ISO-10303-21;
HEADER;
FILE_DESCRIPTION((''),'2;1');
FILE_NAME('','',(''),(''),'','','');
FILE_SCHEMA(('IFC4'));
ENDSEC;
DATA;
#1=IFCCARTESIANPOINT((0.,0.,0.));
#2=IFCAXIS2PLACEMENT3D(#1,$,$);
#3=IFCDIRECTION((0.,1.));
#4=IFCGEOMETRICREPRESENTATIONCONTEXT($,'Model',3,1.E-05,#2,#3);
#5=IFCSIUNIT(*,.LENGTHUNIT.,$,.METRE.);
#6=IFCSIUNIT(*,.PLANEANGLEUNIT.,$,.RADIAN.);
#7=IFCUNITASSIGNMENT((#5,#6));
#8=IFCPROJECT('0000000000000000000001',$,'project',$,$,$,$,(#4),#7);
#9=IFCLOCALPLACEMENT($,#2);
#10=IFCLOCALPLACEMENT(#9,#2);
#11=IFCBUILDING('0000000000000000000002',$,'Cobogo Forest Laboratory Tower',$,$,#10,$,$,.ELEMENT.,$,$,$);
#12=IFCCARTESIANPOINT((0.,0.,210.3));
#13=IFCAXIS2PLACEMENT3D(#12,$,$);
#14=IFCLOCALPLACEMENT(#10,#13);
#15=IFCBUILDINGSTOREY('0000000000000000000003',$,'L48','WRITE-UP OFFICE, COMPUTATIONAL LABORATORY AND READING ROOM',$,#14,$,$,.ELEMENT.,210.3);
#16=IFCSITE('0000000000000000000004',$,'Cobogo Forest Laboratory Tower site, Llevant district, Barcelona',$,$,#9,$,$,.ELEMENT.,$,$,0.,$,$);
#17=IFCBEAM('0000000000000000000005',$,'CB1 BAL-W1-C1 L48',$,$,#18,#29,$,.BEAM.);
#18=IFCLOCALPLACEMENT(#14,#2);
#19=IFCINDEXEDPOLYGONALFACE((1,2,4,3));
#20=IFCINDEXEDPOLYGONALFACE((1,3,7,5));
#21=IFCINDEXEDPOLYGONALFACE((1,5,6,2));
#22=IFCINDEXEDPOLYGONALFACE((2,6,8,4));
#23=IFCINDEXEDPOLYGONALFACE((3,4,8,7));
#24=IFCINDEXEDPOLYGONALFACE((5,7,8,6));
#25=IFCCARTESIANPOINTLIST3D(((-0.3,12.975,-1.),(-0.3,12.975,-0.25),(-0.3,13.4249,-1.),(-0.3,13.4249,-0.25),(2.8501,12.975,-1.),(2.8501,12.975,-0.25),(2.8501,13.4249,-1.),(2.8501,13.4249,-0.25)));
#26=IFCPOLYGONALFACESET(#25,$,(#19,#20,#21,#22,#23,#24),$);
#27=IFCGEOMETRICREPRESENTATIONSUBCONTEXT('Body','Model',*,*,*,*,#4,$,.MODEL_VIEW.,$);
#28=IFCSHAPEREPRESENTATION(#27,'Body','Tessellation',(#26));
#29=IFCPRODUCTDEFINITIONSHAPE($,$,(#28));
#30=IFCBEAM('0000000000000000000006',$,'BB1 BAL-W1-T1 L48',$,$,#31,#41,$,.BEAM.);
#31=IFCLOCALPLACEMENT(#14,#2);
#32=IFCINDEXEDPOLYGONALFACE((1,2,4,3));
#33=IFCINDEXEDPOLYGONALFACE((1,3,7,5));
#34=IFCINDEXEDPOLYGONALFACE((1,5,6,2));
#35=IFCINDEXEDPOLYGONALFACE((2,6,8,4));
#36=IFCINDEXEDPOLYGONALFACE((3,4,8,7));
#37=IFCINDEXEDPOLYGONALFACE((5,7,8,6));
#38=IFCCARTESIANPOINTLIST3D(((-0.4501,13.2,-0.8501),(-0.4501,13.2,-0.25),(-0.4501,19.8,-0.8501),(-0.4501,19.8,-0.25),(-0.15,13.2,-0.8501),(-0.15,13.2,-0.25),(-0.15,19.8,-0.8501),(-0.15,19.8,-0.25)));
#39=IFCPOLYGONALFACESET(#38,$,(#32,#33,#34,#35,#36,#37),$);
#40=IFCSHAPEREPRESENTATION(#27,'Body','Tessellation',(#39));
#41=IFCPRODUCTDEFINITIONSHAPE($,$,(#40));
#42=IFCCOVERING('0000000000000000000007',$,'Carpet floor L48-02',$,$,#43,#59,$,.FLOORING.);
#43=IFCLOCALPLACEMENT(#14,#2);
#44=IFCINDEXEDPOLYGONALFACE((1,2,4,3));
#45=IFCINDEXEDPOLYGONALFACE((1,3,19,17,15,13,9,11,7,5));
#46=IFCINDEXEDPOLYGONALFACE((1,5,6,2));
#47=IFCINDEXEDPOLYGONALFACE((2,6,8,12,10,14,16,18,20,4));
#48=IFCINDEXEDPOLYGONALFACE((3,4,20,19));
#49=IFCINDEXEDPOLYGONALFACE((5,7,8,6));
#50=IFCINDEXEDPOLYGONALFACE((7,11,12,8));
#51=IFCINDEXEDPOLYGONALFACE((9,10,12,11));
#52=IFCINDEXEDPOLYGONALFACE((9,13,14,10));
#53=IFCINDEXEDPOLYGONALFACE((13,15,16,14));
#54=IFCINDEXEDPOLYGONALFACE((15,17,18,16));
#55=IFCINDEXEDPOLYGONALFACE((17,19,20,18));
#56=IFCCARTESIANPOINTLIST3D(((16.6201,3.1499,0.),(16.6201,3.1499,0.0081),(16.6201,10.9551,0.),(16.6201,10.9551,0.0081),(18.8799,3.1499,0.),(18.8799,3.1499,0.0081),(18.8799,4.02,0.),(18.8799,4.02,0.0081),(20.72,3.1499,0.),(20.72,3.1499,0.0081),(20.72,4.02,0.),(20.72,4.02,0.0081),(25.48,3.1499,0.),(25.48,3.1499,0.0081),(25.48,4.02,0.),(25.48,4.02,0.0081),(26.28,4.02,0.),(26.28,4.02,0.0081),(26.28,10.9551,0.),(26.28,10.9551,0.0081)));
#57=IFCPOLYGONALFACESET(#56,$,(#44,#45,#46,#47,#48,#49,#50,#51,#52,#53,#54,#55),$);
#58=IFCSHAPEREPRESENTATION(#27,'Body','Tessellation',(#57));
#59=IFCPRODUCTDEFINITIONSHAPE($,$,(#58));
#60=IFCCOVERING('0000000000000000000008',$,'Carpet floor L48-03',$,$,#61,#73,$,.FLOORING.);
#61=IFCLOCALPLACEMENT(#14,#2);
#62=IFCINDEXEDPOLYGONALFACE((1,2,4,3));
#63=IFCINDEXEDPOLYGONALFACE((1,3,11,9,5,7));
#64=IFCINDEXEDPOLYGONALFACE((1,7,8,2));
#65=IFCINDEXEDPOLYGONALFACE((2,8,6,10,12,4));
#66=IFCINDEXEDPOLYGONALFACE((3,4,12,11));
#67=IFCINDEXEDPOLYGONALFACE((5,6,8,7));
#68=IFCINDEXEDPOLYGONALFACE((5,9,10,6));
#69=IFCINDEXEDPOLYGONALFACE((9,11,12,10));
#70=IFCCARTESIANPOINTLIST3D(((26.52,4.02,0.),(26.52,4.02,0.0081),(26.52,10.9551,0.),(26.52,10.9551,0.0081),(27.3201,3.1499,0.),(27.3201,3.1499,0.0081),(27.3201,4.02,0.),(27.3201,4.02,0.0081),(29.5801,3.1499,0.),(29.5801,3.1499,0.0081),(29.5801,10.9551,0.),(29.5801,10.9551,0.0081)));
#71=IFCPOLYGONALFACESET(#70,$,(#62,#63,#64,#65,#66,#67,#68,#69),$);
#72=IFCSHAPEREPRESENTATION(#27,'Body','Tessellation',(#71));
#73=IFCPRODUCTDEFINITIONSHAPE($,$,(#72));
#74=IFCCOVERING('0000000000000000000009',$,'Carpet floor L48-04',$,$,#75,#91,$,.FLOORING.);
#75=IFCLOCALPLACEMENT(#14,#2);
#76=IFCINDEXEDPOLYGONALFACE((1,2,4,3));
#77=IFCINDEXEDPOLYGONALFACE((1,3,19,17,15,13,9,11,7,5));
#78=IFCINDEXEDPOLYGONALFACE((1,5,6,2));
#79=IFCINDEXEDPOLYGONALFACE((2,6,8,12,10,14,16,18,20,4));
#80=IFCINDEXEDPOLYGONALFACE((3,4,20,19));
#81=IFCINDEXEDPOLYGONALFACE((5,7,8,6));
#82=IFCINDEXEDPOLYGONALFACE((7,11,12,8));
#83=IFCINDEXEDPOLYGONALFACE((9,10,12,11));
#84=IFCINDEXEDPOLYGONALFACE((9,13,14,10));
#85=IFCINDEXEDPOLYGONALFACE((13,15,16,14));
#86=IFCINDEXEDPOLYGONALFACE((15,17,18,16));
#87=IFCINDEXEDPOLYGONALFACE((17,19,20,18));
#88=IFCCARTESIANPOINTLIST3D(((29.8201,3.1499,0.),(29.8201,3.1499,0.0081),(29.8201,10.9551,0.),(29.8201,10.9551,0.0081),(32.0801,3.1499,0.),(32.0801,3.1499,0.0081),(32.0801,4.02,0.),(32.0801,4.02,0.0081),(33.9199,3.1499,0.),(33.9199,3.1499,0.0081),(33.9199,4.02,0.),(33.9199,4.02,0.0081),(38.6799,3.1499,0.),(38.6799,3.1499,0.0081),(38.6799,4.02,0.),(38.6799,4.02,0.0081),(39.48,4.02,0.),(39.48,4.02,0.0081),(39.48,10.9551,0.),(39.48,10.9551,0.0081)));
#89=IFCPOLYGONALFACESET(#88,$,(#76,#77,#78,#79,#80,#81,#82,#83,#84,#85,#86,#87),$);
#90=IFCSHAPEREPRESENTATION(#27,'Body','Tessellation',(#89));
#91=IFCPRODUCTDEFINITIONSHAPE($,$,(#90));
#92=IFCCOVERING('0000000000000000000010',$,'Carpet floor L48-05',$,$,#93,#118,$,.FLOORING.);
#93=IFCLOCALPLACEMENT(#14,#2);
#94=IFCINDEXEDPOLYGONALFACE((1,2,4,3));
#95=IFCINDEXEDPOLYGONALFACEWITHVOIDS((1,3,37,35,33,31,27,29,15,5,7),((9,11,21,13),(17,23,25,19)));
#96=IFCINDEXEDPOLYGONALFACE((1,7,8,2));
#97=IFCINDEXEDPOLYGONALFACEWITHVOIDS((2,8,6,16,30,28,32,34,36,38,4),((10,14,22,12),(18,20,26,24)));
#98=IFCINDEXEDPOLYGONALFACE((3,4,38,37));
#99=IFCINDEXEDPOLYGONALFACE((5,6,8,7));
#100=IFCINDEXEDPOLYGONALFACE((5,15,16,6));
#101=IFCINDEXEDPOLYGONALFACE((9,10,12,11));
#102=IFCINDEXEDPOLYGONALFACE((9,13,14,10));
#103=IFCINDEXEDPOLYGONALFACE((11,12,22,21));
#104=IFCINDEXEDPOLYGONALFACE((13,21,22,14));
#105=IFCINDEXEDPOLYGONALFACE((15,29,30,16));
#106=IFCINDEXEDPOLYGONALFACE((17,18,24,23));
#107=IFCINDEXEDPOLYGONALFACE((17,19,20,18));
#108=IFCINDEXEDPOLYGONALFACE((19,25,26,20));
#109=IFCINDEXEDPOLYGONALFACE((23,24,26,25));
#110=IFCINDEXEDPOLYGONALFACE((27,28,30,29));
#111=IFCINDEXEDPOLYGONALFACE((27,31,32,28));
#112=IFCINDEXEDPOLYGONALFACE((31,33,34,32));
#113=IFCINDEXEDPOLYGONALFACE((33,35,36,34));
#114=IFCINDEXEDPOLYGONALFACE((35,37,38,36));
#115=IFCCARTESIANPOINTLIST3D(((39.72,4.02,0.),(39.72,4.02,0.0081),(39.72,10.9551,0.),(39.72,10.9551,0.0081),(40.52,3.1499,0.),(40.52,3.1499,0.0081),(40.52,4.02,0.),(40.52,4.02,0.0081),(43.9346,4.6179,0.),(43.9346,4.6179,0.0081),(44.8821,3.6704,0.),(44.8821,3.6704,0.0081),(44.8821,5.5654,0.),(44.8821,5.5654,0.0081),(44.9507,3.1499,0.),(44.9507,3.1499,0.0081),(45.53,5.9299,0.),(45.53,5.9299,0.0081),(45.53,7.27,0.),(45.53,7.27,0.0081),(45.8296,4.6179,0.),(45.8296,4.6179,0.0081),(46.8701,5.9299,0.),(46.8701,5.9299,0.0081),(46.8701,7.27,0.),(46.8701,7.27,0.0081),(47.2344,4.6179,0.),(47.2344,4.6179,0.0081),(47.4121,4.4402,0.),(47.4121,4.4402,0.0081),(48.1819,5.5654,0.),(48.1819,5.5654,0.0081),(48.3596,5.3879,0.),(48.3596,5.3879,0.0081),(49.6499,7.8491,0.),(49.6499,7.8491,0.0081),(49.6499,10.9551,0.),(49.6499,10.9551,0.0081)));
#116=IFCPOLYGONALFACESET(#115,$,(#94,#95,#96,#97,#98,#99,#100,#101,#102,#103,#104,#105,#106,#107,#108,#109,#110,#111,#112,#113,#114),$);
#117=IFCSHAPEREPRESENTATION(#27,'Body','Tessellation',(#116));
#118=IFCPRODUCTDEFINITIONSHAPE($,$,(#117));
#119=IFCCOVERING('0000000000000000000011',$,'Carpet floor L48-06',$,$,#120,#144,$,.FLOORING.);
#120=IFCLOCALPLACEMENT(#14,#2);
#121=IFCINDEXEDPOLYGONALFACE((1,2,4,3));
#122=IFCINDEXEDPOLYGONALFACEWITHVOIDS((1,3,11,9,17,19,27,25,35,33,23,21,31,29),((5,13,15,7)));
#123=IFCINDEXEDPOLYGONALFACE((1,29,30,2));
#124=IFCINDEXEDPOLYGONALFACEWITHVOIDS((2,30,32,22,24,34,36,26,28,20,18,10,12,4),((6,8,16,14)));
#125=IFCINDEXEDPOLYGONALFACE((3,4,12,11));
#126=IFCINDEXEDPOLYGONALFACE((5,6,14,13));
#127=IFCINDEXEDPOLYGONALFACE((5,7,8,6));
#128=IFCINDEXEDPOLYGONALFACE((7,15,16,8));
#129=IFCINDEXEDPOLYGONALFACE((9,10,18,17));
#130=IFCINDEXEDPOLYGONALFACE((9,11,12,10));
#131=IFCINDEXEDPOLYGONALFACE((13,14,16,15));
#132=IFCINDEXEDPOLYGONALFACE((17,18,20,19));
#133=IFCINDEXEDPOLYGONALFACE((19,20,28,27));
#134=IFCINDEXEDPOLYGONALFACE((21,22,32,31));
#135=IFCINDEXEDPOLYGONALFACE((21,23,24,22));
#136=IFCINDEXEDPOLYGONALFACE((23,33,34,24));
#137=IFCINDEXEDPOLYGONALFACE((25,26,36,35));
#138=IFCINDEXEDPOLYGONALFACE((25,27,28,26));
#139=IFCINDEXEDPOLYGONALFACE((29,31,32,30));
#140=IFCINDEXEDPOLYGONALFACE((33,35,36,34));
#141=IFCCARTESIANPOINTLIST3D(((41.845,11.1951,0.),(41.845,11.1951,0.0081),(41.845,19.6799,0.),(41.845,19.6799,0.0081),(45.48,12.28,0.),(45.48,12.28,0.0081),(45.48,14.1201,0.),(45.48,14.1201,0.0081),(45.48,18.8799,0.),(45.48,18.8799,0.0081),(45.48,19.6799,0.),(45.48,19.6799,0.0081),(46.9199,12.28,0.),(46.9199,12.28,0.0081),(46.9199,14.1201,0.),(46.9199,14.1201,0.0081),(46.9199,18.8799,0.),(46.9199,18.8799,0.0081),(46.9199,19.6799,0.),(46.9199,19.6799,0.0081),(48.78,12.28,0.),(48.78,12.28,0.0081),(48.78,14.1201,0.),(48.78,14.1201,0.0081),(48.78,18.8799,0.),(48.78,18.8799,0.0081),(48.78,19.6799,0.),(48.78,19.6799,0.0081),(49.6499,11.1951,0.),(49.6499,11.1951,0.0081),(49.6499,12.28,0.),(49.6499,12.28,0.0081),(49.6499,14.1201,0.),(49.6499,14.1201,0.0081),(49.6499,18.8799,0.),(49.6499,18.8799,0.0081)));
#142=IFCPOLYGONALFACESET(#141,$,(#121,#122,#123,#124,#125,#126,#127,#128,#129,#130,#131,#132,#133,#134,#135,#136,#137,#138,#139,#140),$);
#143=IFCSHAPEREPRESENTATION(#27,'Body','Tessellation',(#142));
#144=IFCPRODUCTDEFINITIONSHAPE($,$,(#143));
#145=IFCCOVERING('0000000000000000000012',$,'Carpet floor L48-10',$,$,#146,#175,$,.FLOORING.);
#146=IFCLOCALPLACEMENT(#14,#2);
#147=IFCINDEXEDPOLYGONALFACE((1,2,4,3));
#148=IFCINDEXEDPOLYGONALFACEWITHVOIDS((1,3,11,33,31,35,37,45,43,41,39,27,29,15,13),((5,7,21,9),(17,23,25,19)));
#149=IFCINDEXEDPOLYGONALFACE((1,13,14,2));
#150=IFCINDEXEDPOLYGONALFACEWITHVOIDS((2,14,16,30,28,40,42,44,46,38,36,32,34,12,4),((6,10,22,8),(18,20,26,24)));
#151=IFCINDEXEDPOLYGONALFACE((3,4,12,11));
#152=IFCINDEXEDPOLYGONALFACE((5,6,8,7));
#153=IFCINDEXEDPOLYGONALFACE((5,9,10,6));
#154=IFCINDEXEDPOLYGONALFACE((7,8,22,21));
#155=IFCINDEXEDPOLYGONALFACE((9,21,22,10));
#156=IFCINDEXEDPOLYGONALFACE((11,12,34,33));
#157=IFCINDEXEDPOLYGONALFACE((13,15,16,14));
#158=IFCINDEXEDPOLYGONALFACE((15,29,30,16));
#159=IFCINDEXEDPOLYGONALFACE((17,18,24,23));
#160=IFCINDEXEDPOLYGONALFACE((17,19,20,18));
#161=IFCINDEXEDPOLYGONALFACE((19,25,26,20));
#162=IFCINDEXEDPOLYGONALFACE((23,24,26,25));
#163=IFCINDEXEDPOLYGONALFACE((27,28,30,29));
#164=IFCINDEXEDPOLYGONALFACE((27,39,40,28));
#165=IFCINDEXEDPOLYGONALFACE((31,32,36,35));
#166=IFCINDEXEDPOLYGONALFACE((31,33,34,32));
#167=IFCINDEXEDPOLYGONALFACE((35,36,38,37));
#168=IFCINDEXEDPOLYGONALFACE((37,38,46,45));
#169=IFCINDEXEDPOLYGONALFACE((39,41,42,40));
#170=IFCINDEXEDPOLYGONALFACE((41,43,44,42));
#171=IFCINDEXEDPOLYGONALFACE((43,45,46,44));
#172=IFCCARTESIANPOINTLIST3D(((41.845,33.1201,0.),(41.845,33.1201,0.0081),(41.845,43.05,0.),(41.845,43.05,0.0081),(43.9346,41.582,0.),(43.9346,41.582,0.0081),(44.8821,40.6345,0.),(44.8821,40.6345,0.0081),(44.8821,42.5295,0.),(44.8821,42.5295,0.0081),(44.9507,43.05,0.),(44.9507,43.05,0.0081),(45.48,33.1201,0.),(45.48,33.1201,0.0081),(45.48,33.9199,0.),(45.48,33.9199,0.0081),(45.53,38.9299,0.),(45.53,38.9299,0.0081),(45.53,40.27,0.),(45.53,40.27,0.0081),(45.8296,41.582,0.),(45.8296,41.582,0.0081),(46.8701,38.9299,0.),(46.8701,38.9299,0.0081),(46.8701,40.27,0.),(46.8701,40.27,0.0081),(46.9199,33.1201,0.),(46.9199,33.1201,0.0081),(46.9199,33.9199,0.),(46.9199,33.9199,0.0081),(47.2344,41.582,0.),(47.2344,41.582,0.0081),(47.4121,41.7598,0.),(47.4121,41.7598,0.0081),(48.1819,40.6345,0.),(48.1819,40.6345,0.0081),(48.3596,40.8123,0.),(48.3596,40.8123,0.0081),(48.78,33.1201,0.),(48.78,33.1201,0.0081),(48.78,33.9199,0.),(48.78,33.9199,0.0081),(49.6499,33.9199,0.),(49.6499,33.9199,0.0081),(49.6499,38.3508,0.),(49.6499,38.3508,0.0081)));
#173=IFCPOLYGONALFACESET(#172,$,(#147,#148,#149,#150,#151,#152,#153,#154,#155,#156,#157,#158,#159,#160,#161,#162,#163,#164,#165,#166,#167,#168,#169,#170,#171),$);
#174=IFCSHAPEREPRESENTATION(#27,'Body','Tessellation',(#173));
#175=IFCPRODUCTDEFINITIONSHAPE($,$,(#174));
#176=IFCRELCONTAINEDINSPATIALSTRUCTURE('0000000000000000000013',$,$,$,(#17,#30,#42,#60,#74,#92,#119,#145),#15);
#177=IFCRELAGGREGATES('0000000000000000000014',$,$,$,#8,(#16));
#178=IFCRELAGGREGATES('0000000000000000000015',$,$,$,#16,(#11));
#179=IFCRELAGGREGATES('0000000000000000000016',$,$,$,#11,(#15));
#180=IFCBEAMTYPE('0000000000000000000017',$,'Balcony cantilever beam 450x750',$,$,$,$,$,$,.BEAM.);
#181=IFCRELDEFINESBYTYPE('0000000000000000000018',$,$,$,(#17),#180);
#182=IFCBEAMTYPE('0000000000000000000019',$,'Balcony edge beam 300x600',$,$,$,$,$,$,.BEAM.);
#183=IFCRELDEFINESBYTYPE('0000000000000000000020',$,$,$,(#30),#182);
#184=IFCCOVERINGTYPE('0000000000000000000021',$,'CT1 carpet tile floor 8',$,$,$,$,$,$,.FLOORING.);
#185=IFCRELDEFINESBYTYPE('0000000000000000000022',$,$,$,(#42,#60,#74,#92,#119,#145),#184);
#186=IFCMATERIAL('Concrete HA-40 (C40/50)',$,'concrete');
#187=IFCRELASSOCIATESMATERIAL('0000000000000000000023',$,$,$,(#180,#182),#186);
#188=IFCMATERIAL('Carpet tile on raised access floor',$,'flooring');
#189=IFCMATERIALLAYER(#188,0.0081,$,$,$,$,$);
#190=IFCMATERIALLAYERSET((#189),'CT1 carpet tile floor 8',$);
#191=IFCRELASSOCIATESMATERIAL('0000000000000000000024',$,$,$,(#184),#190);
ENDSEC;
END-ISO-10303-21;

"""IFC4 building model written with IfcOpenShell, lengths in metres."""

from ifc_helpers import new_model, si_unit, direction, frame, origin, origin_2d, place, context, subcontext, project, spatial, polyline, rectangle, outline, extrude, material, layer, layer_set, material_profile, profile_set, type_object, element, save


model = new_model("IFC4")

# Units and contexts
model_context = context("Model", 3, precision=1e-05, world=origin(), true_north=direction((0.0, 1.0)))
body_context = subcontext(model_context, "Body", "Model", "MODEL_VIEW")
ifc_project = project(units=[si_unit("LENGTHUNIT", "METRE"), si_unit("PLANEANGLEUNIT", "RADIAN")], contexts=[model_context])

# Site, building, storey
site_placement = place(None, origin())
site = spatial("IfcSite", under=ifc_project, at=site_placement, Name="Cobogo Forest Laboratory Tower site, Llevant district, Barcelona", CompositionType="ELEMENT", RefElevation=0.0)
building_placement = place(site_placement, origin())
building = spatial("IfcBuilding", under=site, at=building_placement, Name="Cobogo Forest Laboratory Tower", CompositionType="ELEMENT")
storey_placement = place(building_placement, frame((0.0, 0.0, 210.3)))
storey = spatial("IfcBuildingStorey", under=building, at=storey_placement, Name="L48", Description="WRITE-UP OFFICE, COMPUTATIONAL LABORATORY AND READING ROOM", CompositionType="ELEMENT", Elevation=210.3)

# Beams
ifc_material_1 = material(Name="Concrete HA-40 (C40/50)", Category="concrete")
ifc_material_profile_1 = material_profile(ifc_material_1, rectangle(XDim=0.45, YDim=0.75, at=origin_2d()), Name="RC 450x750")
ifc_profile_set_1 = profile_set([ifc_material_profile_1], Name="Concrete HA-40 (C40/50)")
beam_type_1 = type_object("IfcBeamType", Name="Balcony cantilever beam 450x750", PredefinedType="BEAM", material=ifc_profile_set_1)
beam_1_placement = place(storey_placement, frame((2.8501, 13.2, -0.625), z_axis=(-1.0, 0.0, 0.0), x_axis=(0.0, -1.0, 0.0)))
element("IfcBeam", 1, at=beam_1_placement, inside=storey, type_object=beam_type_1, Name="CB1 BAL-W1-C1 L48", PredefinedType="BEAM", context=body_context, shape_type="SweptSolid", body=[
    extrude(rectangle(XDim=0.45, YDim=0.75, at=origin_2d()), origin(), (0.0, 0.0, 1.0), 3.1501),
])
ifc_material_profile_2 = material_profile(ifc_material_1, rectangle(XDim=0.3, YDim=0.6001, at=origin_2d()), Name="RC 300x600")
ifc_profile_set_2 = profile_set([ifc_material_profile_2], Name="Concrete HA-40 (C40/50)")
beam_type_2 = type_object("IfcBeamType", Name="Balcony edge beam 300x600", PredefinedType="BEAM", material=ifc_profile_set_2)
beam_2_placement = place(storey_placement, frame((-0.3, 13.2, -0.55), z_axis=(0.0, 1.0, 0.0), x_axis=(-1.0, 0.0, 0.0)))
element("IfcBeam", 2, at=beam_2_placement, inside=storey, type_object=beam_type_2, Name="BB1 BAL-W1-T1 L48", PredefinedType="BEAM", context=body_context, shape_type="SweptSolid", body=[
    extrude(rectangle(XDim=0.3, YDim=0.6001, at=origin_2d()), origin(), (0.0, 0.0, 1.0), 6.6001),
])

# Coverings
ifc_material_2 = material(Name="Carpet tile on raised access floor", Category="flooring")
ifc_layer_1 = layer(ifc_material_2, 0.0081)
ifc_layer_set_1 = layer_set([ifc_layer_1], Name="CT1 carpet tile floor 8")
covering_type_1 = type_object("IfcCoveringType", Name="CT1 carpet tile floor 8", PredefinedType="FLOORING", material=ifc_layer_set_1)
covering_1_placement = place(storey_placement, origin())
element("IfcCovering", 3, at=covering_1_placement, inside=storey, type_object=covering_type_1, Name="Carpet floor L48-02", PredefinedType="FLOORING", context=body_context, shape_type="SweptSolid", body=[
    extrude(outline(polyline([(26.28, 10.9551), (26.28, 4.02), (25.48, 4.02), (25.48, 3.1499), (20.72, 3.1499), (20.72, 4.02), (18.8799, 4.02), (18.8799, 3.1499), (16.6201, 3.1499), (16.6201, 10.9551), (26.28, 10.9551)])), origin(), (0.0, 0.0, 1.0), 0.0081),
])
covering_2_placement = place(storey_placement, origin())
element("IfcCovering", 4, at=covering_2_placement, inside=storey, type_object=covering_type_1, Name="Carpet floor L48-03", PredefinedType="FLOORING", context=body_context, shape_type="SweptSolid", body=[
    extrude(outline(polyline([(29.5801, 10.9551), (29.5801, 3.1499), (27.3201, 3.1499), (27.3201, 4.02), (26.52, 4.02), (26.52, 10.9551), (29.5801, 10.9551)])), origin(), (0.0, 0.0, 1.0), 0.0081),
])
covering_3_placement = place(storey_placement, origin())
element("IfcCovering", 5, at=covering_3_placement, inside=storey, type_object=covering_type_1, Name="Carpet floor L48-04", PredefinedType="FLOORING", context=body_context, shape_type="SweptSolid", body=[
    extrude(outline(polyline([(39.48, 10.9551), (39.48, 4.02), (38.6799, 4.02), (38.6799, 3.1499), (33.9199, 3.1499), (33.9199, 4.02), (32.0801, 4.02), (32.0801, 3.1499), (29.8201, 3.1499), (29.8201, 10.9551), (39.48, 10.9551)])), origin(), (0.0, 0.0, 1.0), 0.0081),
])
covering_4_placement = place(storey_placement, origin())
element("IfcCovering", 6, at=covering_4_placement, inside=storey, type_object=covering_type_1, Name="Carpet floor L48-05", PredefinedType="FLOORING", context=body_context, shape_type="SweptSolid", body=[
    extrude(outline(polyline([(49.6499, 10.9551), (49.6499, 7.8491), (48.3596, 5.3879), (48.1819, 5.5654), (47.2344, 4.6179), (47.4121, 4.4402), (44.9507, 3.1499), (40.52, 3.1499), (40.52, 4.02), (39.72, 4.02), (39.72, 10.9551), (49.6499, 10.9551)]), holes=[polyline([(45.53, 5.9299), (46.8701, 5.9299), (46.8701, 7.27), (45.53, 7.27), (45.53, 5.9299)]), polyline([(44.8821, 3.6704), (45.8296, 4.6179), (44.8821, 5.5654), (43.9346, 4.6179), (44.8821, 3.6704)])]), origin(), (0.0, 0.0, 1.0), 0.0081),
])
covering_5_placement = place(storey_placement, origin())
element("IfcCovering", 7, at=covering_5_placement, inside=storey, type_object=covering_type_1, Name="Carpet floor L48-06", PredefinedType="FLOORING", context=body_context, shape_type="SweptSolid", body=[
    extrude(outline(polyline([(41.845, 19.6799), (45.48, 19.6799), (45.48, 18.8799), (46.9199, 18.8799), (46.9199, 19.6799), (48.78, 19.6799), (48.78, 18.8799), (49.6499, 18.8799), (49.6499, 14.1201), (48.78, 14.1201), (48.78, 12.28), (49.6499, 12.28), (49.6499, 11.1951), (41.845, 11.1951), (41.845, 19.6799)]), holes=[polyline([(46.9199, 12.28), (46.9199, 14.1201), (45.48, 14.1201), (45.48, 12.28), (46.9199, 12.28)])]), origin(), (0.0, 0.0, 1.0), 0.0081),
])
covering_6_placement = place(storey_placement, origin())
element("IfcCovering", 8, at=covering_6_placement, inside=storey, type_object=covering_type_1, Name="Carpet floor L48-10", PredefinedType="FLOORING", context=body_context, shape_type="SweptSolid", body=[
    extrude(outline(polyline([(41.845, 43.05), (44.9507, 43.05), (47.4121, 41.7598), (47.2344, 41.582), (48.1819, 40.6345), (48.3596, 40.8123), (49.6499, 38.3508), (49.6499, 33.9199), (48.78, 33.9199), (48.78, 33.1201), (46.9199, 33.1201), (46.9199, 33.9199), (45.48, 33.9199), (45.48, 33.1201), (41.845, 33.1201), (41.845, 43.05)]), holes=[polyline([(45.53, 40.27), (45.53, 38.9299), (46.8701, 38.9299), (46.8701, 40.27), (45.53, 40.27)]), polyline([(44.8821, 40.6345), (45.8296, 41.582), (44.8821, 42.5295), (43.9346, 41.582), (44.8821, 40.6345)])]), origin(), (0.0, 0.0, 1.0), 0.0081),
])

save(model, "model.ifc")
